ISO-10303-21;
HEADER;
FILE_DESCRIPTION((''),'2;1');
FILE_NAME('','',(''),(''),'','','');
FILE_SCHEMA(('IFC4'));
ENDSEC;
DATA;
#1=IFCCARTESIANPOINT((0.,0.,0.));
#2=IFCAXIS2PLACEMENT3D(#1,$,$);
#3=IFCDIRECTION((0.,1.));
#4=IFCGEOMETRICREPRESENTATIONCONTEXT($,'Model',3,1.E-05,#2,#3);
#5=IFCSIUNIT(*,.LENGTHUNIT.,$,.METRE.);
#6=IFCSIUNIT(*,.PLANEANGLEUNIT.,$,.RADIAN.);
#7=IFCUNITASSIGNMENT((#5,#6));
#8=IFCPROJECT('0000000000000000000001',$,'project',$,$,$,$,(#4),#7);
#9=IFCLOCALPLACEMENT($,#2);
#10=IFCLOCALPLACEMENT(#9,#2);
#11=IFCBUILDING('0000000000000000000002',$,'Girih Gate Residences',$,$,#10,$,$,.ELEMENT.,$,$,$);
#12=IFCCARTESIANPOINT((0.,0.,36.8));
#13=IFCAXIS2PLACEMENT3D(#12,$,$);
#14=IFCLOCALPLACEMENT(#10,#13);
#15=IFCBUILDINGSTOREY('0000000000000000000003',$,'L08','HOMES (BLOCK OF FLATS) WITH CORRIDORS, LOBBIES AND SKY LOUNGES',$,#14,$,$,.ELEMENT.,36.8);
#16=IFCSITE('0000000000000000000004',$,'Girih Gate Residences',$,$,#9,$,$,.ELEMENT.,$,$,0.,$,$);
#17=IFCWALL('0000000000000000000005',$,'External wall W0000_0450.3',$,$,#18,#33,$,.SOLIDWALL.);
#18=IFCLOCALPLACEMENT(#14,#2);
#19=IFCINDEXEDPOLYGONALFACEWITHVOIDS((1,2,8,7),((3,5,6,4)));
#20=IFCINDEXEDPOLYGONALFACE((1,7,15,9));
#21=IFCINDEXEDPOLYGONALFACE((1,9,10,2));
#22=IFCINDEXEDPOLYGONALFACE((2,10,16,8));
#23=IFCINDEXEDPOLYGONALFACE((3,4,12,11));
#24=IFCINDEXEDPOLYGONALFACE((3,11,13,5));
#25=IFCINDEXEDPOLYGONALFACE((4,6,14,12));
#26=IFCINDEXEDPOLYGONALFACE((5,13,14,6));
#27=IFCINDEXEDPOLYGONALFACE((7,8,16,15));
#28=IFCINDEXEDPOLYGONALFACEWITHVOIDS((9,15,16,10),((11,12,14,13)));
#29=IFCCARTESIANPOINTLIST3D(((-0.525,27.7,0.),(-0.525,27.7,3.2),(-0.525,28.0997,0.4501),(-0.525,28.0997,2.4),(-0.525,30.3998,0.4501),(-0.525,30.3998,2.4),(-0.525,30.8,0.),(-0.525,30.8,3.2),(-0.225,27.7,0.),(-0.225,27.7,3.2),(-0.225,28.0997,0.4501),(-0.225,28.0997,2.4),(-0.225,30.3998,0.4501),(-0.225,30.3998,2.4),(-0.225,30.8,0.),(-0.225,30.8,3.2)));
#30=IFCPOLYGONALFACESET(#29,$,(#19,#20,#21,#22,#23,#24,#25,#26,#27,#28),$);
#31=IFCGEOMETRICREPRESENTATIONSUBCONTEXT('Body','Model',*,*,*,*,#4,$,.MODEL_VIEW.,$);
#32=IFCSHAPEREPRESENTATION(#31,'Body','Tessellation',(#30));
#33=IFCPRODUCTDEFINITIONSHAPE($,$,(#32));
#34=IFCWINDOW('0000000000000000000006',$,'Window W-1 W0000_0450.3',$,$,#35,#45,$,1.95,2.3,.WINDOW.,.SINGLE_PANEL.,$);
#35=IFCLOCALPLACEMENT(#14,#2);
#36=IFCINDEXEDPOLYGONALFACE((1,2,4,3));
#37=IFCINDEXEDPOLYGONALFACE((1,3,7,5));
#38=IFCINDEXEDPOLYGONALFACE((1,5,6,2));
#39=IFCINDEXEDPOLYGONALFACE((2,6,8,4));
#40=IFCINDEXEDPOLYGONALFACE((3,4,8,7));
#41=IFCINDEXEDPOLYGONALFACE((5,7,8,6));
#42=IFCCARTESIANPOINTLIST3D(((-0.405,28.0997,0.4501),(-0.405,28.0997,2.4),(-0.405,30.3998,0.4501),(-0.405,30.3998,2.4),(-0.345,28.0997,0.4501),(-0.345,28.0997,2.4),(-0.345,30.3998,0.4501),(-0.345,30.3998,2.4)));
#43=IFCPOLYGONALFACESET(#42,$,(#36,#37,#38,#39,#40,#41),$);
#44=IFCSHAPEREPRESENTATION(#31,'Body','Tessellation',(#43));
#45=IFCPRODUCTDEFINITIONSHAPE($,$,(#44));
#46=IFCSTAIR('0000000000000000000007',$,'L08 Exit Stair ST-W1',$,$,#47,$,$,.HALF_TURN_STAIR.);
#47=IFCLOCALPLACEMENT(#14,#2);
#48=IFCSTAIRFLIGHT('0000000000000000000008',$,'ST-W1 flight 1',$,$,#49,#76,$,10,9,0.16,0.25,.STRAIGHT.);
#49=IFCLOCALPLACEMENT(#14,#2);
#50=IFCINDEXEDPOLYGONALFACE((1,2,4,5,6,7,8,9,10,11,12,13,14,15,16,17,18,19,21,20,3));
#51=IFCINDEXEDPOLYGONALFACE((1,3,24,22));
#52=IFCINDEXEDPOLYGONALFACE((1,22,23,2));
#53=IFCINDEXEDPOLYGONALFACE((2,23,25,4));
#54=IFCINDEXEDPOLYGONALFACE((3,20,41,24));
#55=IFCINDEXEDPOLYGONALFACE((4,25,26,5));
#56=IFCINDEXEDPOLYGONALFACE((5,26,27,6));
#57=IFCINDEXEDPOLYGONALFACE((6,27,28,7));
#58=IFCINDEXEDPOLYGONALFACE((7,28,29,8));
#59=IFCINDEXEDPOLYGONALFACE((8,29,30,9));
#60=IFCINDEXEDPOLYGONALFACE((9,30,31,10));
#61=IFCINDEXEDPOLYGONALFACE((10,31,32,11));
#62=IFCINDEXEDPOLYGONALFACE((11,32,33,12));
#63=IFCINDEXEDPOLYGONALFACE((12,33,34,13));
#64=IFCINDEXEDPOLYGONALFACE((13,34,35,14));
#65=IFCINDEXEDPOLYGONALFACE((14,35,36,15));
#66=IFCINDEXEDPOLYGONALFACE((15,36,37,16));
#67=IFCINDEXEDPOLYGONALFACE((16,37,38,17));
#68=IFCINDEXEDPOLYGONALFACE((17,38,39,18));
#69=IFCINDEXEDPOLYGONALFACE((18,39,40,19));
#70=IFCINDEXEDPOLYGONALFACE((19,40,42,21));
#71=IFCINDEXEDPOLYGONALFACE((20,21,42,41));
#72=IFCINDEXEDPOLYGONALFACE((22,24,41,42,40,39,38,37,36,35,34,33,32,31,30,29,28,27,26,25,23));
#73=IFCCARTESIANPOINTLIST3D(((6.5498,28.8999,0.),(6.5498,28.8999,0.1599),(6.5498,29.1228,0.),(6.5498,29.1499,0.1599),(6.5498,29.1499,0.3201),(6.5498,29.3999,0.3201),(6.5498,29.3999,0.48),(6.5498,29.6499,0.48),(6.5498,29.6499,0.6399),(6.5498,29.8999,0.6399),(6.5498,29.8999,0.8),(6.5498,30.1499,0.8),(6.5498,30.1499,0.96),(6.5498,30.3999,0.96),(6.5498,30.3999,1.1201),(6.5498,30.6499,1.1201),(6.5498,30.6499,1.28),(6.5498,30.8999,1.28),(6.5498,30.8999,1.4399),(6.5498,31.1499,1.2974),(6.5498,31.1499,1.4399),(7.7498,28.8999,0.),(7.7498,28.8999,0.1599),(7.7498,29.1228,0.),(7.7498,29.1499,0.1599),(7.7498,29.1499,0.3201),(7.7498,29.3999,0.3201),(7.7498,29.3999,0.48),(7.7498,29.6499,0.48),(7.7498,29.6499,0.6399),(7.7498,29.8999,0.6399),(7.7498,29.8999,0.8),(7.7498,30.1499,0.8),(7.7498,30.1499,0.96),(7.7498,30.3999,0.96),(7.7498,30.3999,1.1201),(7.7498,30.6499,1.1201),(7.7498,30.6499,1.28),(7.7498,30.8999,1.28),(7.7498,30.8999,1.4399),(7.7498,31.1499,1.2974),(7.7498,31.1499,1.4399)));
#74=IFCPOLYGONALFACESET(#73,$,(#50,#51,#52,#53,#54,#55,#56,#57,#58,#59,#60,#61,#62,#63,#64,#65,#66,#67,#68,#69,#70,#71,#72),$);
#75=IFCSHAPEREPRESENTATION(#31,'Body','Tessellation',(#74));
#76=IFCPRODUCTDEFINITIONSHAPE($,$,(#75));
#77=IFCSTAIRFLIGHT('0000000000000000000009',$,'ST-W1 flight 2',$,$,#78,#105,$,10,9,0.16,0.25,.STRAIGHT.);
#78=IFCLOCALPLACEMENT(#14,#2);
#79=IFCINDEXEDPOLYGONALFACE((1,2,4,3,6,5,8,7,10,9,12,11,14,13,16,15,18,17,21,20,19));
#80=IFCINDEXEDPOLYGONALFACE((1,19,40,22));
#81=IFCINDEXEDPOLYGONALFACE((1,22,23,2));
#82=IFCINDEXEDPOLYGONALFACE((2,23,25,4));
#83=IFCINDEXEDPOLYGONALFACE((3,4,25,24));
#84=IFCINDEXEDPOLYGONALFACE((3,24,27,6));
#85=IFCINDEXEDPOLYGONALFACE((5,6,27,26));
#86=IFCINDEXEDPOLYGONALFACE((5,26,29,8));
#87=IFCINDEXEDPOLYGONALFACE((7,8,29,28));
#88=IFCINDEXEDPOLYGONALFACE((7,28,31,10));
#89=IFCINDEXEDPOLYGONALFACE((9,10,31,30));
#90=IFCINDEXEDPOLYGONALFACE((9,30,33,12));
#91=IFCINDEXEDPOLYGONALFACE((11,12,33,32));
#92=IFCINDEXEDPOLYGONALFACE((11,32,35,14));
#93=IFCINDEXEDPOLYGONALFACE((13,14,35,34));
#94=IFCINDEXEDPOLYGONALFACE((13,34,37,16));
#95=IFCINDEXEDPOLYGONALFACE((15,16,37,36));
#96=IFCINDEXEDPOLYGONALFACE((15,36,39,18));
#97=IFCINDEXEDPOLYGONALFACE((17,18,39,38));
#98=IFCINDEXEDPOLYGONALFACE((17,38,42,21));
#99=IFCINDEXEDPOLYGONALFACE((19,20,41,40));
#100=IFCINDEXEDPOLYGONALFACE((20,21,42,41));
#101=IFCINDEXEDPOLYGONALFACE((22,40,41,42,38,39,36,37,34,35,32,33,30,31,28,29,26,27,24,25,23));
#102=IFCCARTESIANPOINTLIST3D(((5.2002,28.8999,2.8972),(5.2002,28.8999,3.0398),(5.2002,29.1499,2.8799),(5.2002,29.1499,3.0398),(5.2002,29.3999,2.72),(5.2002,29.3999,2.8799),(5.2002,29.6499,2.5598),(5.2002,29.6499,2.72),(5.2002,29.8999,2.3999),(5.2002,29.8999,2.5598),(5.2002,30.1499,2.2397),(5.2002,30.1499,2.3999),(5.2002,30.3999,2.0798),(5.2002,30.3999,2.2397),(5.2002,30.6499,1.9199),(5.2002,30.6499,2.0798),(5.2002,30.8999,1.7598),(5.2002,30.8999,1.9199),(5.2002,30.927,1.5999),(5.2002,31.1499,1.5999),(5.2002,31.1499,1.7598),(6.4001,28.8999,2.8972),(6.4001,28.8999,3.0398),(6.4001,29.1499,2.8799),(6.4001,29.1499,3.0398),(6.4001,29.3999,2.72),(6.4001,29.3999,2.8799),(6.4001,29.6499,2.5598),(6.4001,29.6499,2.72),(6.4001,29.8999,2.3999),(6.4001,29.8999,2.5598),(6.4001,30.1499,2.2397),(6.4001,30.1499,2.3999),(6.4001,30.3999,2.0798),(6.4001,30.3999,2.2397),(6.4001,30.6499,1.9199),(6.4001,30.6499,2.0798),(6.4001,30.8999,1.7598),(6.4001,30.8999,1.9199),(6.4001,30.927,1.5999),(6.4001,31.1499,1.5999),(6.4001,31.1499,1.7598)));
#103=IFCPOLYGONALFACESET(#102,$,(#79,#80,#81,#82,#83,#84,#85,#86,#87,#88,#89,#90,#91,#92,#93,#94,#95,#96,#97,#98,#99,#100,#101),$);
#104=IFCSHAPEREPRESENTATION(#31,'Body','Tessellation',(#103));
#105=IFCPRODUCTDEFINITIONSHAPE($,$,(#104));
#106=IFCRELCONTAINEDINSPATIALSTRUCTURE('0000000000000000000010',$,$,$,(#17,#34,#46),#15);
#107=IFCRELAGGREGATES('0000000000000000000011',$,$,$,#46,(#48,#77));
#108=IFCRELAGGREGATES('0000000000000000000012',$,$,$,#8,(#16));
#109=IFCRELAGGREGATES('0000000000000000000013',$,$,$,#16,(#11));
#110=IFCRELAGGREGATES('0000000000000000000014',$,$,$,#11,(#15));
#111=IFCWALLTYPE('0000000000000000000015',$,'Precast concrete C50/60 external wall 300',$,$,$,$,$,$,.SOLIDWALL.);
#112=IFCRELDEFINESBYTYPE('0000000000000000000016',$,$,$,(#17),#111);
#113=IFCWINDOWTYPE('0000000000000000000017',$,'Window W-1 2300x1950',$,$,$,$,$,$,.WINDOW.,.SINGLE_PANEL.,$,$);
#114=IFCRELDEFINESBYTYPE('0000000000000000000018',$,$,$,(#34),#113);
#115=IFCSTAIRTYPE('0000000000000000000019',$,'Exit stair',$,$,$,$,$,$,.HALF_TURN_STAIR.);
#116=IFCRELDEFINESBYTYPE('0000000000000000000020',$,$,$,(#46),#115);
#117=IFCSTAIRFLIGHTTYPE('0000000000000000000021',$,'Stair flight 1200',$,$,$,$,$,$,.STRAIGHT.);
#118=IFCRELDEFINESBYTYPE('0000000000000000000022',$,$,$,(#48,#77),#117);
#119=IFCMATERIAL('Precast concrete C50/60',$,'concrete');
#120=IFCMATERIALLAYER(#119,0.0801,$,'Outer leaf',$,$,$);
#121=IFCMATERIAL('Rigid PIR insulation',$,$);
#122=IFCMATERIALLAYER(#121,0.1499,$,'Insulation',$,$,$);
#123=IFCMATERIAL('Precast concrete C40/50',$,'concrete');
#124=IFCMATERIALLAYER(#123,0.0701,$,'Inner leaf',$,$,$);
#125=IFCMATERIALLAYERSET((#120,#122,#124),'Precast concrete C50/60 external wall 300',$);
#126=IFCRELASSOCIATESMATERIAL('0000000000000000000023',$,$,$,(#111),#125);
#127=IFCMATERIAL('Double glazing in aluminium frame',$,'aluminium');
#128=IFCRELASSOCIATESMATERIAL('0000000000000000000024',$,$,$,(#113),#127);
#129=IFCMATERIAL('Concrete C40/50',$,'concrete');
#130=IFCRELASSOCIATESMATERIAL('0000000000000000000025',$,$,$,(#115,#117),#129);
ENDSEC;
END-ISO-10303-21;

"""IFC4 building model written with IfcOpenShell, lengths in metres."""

from ifc_helpers import new_model, si_unit, direction, frame, frame_2d, origin, place, context, subcontext, project, spatial, polyline, rectangle, outline, extrude, material, layer, layer_set, type_object, element, fill, aggregate, save


model = new_model("IFC4")

# Units and contexts
model_context = context("Model", 3, precision=1e-05, world=origin(), true_north=direction((0.0, 1.0)))
body_context = subcontext(model_context, "Body", "Model", "MODEL_VIEW")
ifc_project = project(units=[si_unit("LENGTHUNIT", "METRE"), si_unit("PLANEANGLEUNIT", "RADIAN")], contexts=[model_context])

# Site, building, storey
site_placement = place(None, origin())
site = spatial("IfcSite", under=ifc_project, at=site_placement, Name="Girih Gate Residences", CompositionType="ELEMENT", RefElevation=0.0)
building_placement = place(site_placement, origin())
building = spatial("IfcBuilding", under=site, at=building_placement, Name="Girih Gate Residences", CompositionType="ELEMENT")
storey_placement = place(building_placement, frame((0.0, 0.0, 36.8)))
storey = spatial("IfcBuildingStorey", under=building, at=storey_placement, Name="L08", Description="HOMES (BLOCK OF FLATS) WITH CORRIDORS, LOBBIES AND SKY LOUNGES", CompositionType="ELEMENT", Elevation=36.8)

# Wall, opening, window
ifc_material_1 = material(Name="Precast concrete C50/60", Category="concrete")
ifc_layer_1 = layer(ifc_material_1, 0.0801, Name="Outer leaf")
ifc_material_2 = material(Name="Rigid PIR insulation")
ifc_layer_2 = layer(ifc_material_2, 0.1499, Name="Insulation")
ifc_material_3 = material(Name="Precast concrete C40/50", Category="concrete")
ifc_layer_3 = layer(ifc_material_3, 0.0701, Name="Inner leaf")
ifc_layer_set_1 = layer_set([ifc_layer_1, ifc_layer_2, ifc_layer_3], Name="Precast concrete C50/60 external wall 300")
wall_type_1 = type_object("IfcWallType", Name="Precast concrete C50/60 external wall 300", PredefinedType="SOLIDWALL", material=ifc_layer_set_1)
wall_1_placement = place(storey_placement, frame((-0.375, 27.7, 0.0), z_axis=(0.0, 0.0, 1.0), x_axis=(0.0, 1.0, 0.0)))
wall_1 = element("IfcWall", 1, at=wall_1_placement, inside=storey, type_object=wall_type_1, Name="External wall W0000_0450.3", PredefinedType="SOLIDWALL", context=body_context, shape_type="SweptSolid", body=[
    extrude(rectangle(XDim=3.1001, YDim=0.3, at=frame_2d((1.55, 0.0))), origin(), (0.0, 0.0, 1.0), 3.2),
])
opening_1_placement = place(wall_1_placement, frame((0.3999, 0.0, 0.45)))
opening_1 = element("IfcOpeningElement", 2, at=opening_1_placement, cuts=wall_1, PredefinedType="OPENING", context=body_context, shape_type="SweptSolid", body=[
    extrude(rectangle(XDim=2.3, YDim=1.95, at=frame_2d((1.1499, 0.9751))), frame((0.0, 0.1599, 0.0), z_axis=(0.0, -1.0, 0.0), x_axis=(1.0, 0.0, 0.0)), (0.0, 0.0, 1.0), 0.3201),
])
ifc_material_4 = material(Name="Double glazing in aluminium frame", Category="aluminium")
window_type = type_object("IfcWindowType", Name="Window W-1 2300x1950", PartitioningType="SINGLE_PANEL", PredefinedType="WINDOW", material=ifc_material_4)
window_placement = place(opening_1_placement, origin())
window = element("IfcWindow", 3, at=window_placement, inside=storey, type_object=window_type, Name="Window W-1 W0000_0450.3", OverallHeight=1.95, OverallWidth=2.3, PartitioningType="SINGLE_PANEL", PredefinedType="WINDOW", context=body_context, shape_type="SweptSolid", body=[
    extrude(rectangle(XDim=2.3, YDim=1.95, at=frame_2d((1.1499, 0.9751))), frame((0.0, 0.03, 0.0), z_axis=(0.0, -1.0, 0.0), x_axis=(1.0, 0.0, 0.0)), (0.0, 0.0, 1.0), 0.0601),
])
fill(opening_1, window)

# Stair, stair flights
ifc_material_5 = material(Name="Concrete C40/50", Category="concrete")
stair_type = type_object("IfcStairType", Name="Exit stair", PredefinedType="HALF_TURN_STAIR", material=ifc_material_5)
stair_placement = place(storey_placement, origin())
stair = element("IfcStair", 4, at=stair_placement, inside=storey, type_object=stair_type, Name="L08 Exit Stair ST-W1", PredefinedType="HALF_TURN_STAIR")
stair_flight_type = type_object("IfcStairFlightType", Name="Stair flight 1200", PredefinedType="STRAIGHT", material=ifc_material_5)
stair_flight_1_placement = place(storey_placement, frame((7.1499, 28.8999, 0.0), z_axis=(0.0, 0.0, 1.0), x_axis=(0.0, 1.0, 0.0)))
stair_flight_1 = element("IfcStairFlight", 5, at=stair_flight_1_placement, type_object=stair_flight_type, Name="ST-W1 flight 1", NumberOfRisers=10, NumberOfTreads=9, PredefinedType="STRAIGHT", RiserHeight=0.16, TreadLength=0.25, context=body_context, shape_type="SweptSolid", body=[
    extrude(outline(polyline([(0.0, 0.0), (0.0, 0.1599), (0.25, 0.1599), (0.25, 0.3201), (0.5, 0.3201), (0.5, 0.48), (0.75, 0.48), (0.75, 0.6399), (1.0, 0.6399), (1.0, 0.8), (1.25, 0.8), (1.25, 0.96), (1.5, 0.96), (1.5, 1.1201), (1.75, 1.1201), (1.75, 1.28), (2.0, 1.28), (2.0, 1.4399), (2.25, 1.4399), (2.25, 1.6001), (2.25, 1.2974), (0.2229, 0.0), (0.0, 0.0)])), frame((0.0, 0.6001, 0.0), z_axis=(0.0, -1.0, 0.0), x_axis=(1.0, 0.0, 0.0)), (0.0, 0.0, 1.0), 1.2),
])
stair_flight_2_placement = place(storey_placement, frame((5.8, 31.1499, 1.5999), z_axis=(0.0, 0.0, 1.0), x_axis=(0.0, -1.0, 0.0)))
stair_flight_2 = element("IfcStairFlight", 6, at=stair_flight_2_placement, type_object=stair_flight_type, Name="ST-W1 flight 2", NumberOfRisers=10, NumberOfTreads=9, PredefinedType="STRAIGHT", RiserHeight=0.16, TreadLength=0.25, context=body_context, shape_type="SweptSolid", body=[
    extrude(outline(polyline([(0.0, 0.0), (0.0, 0.1599), (0.25, 0.1599), (0.25, 0.3201), (0.5, 0.3201), (0.5, 0.48), (0.75, 0.48), (0.75, 0.6399), (1.0, 0.6399), (1.0, 0.8), (1.25, 0.8), (1.25, 0.96), (1.5, 0.96), (1.5, 1.1201), (1.75, 1.1201), (1.75, 1.28), (2.0, 1.28), (2.0, 1.4399), (2.25, 1.4399), (2.25, 1.6001), (2.25, 1.2974), (0.2229, 0.0), (0.0, 0.0)])), frame((0.0, 0.6001, 0.0), z_axis=(0.0, -1.0, 0.0), x_axis=(1.0, 0.0, 0.0)), (0.0, 0.0, 1.0), 1.2),
])
aggregate(stair, [stair_flight_1, stair_flight_2])

save(model, "model.ifc")
